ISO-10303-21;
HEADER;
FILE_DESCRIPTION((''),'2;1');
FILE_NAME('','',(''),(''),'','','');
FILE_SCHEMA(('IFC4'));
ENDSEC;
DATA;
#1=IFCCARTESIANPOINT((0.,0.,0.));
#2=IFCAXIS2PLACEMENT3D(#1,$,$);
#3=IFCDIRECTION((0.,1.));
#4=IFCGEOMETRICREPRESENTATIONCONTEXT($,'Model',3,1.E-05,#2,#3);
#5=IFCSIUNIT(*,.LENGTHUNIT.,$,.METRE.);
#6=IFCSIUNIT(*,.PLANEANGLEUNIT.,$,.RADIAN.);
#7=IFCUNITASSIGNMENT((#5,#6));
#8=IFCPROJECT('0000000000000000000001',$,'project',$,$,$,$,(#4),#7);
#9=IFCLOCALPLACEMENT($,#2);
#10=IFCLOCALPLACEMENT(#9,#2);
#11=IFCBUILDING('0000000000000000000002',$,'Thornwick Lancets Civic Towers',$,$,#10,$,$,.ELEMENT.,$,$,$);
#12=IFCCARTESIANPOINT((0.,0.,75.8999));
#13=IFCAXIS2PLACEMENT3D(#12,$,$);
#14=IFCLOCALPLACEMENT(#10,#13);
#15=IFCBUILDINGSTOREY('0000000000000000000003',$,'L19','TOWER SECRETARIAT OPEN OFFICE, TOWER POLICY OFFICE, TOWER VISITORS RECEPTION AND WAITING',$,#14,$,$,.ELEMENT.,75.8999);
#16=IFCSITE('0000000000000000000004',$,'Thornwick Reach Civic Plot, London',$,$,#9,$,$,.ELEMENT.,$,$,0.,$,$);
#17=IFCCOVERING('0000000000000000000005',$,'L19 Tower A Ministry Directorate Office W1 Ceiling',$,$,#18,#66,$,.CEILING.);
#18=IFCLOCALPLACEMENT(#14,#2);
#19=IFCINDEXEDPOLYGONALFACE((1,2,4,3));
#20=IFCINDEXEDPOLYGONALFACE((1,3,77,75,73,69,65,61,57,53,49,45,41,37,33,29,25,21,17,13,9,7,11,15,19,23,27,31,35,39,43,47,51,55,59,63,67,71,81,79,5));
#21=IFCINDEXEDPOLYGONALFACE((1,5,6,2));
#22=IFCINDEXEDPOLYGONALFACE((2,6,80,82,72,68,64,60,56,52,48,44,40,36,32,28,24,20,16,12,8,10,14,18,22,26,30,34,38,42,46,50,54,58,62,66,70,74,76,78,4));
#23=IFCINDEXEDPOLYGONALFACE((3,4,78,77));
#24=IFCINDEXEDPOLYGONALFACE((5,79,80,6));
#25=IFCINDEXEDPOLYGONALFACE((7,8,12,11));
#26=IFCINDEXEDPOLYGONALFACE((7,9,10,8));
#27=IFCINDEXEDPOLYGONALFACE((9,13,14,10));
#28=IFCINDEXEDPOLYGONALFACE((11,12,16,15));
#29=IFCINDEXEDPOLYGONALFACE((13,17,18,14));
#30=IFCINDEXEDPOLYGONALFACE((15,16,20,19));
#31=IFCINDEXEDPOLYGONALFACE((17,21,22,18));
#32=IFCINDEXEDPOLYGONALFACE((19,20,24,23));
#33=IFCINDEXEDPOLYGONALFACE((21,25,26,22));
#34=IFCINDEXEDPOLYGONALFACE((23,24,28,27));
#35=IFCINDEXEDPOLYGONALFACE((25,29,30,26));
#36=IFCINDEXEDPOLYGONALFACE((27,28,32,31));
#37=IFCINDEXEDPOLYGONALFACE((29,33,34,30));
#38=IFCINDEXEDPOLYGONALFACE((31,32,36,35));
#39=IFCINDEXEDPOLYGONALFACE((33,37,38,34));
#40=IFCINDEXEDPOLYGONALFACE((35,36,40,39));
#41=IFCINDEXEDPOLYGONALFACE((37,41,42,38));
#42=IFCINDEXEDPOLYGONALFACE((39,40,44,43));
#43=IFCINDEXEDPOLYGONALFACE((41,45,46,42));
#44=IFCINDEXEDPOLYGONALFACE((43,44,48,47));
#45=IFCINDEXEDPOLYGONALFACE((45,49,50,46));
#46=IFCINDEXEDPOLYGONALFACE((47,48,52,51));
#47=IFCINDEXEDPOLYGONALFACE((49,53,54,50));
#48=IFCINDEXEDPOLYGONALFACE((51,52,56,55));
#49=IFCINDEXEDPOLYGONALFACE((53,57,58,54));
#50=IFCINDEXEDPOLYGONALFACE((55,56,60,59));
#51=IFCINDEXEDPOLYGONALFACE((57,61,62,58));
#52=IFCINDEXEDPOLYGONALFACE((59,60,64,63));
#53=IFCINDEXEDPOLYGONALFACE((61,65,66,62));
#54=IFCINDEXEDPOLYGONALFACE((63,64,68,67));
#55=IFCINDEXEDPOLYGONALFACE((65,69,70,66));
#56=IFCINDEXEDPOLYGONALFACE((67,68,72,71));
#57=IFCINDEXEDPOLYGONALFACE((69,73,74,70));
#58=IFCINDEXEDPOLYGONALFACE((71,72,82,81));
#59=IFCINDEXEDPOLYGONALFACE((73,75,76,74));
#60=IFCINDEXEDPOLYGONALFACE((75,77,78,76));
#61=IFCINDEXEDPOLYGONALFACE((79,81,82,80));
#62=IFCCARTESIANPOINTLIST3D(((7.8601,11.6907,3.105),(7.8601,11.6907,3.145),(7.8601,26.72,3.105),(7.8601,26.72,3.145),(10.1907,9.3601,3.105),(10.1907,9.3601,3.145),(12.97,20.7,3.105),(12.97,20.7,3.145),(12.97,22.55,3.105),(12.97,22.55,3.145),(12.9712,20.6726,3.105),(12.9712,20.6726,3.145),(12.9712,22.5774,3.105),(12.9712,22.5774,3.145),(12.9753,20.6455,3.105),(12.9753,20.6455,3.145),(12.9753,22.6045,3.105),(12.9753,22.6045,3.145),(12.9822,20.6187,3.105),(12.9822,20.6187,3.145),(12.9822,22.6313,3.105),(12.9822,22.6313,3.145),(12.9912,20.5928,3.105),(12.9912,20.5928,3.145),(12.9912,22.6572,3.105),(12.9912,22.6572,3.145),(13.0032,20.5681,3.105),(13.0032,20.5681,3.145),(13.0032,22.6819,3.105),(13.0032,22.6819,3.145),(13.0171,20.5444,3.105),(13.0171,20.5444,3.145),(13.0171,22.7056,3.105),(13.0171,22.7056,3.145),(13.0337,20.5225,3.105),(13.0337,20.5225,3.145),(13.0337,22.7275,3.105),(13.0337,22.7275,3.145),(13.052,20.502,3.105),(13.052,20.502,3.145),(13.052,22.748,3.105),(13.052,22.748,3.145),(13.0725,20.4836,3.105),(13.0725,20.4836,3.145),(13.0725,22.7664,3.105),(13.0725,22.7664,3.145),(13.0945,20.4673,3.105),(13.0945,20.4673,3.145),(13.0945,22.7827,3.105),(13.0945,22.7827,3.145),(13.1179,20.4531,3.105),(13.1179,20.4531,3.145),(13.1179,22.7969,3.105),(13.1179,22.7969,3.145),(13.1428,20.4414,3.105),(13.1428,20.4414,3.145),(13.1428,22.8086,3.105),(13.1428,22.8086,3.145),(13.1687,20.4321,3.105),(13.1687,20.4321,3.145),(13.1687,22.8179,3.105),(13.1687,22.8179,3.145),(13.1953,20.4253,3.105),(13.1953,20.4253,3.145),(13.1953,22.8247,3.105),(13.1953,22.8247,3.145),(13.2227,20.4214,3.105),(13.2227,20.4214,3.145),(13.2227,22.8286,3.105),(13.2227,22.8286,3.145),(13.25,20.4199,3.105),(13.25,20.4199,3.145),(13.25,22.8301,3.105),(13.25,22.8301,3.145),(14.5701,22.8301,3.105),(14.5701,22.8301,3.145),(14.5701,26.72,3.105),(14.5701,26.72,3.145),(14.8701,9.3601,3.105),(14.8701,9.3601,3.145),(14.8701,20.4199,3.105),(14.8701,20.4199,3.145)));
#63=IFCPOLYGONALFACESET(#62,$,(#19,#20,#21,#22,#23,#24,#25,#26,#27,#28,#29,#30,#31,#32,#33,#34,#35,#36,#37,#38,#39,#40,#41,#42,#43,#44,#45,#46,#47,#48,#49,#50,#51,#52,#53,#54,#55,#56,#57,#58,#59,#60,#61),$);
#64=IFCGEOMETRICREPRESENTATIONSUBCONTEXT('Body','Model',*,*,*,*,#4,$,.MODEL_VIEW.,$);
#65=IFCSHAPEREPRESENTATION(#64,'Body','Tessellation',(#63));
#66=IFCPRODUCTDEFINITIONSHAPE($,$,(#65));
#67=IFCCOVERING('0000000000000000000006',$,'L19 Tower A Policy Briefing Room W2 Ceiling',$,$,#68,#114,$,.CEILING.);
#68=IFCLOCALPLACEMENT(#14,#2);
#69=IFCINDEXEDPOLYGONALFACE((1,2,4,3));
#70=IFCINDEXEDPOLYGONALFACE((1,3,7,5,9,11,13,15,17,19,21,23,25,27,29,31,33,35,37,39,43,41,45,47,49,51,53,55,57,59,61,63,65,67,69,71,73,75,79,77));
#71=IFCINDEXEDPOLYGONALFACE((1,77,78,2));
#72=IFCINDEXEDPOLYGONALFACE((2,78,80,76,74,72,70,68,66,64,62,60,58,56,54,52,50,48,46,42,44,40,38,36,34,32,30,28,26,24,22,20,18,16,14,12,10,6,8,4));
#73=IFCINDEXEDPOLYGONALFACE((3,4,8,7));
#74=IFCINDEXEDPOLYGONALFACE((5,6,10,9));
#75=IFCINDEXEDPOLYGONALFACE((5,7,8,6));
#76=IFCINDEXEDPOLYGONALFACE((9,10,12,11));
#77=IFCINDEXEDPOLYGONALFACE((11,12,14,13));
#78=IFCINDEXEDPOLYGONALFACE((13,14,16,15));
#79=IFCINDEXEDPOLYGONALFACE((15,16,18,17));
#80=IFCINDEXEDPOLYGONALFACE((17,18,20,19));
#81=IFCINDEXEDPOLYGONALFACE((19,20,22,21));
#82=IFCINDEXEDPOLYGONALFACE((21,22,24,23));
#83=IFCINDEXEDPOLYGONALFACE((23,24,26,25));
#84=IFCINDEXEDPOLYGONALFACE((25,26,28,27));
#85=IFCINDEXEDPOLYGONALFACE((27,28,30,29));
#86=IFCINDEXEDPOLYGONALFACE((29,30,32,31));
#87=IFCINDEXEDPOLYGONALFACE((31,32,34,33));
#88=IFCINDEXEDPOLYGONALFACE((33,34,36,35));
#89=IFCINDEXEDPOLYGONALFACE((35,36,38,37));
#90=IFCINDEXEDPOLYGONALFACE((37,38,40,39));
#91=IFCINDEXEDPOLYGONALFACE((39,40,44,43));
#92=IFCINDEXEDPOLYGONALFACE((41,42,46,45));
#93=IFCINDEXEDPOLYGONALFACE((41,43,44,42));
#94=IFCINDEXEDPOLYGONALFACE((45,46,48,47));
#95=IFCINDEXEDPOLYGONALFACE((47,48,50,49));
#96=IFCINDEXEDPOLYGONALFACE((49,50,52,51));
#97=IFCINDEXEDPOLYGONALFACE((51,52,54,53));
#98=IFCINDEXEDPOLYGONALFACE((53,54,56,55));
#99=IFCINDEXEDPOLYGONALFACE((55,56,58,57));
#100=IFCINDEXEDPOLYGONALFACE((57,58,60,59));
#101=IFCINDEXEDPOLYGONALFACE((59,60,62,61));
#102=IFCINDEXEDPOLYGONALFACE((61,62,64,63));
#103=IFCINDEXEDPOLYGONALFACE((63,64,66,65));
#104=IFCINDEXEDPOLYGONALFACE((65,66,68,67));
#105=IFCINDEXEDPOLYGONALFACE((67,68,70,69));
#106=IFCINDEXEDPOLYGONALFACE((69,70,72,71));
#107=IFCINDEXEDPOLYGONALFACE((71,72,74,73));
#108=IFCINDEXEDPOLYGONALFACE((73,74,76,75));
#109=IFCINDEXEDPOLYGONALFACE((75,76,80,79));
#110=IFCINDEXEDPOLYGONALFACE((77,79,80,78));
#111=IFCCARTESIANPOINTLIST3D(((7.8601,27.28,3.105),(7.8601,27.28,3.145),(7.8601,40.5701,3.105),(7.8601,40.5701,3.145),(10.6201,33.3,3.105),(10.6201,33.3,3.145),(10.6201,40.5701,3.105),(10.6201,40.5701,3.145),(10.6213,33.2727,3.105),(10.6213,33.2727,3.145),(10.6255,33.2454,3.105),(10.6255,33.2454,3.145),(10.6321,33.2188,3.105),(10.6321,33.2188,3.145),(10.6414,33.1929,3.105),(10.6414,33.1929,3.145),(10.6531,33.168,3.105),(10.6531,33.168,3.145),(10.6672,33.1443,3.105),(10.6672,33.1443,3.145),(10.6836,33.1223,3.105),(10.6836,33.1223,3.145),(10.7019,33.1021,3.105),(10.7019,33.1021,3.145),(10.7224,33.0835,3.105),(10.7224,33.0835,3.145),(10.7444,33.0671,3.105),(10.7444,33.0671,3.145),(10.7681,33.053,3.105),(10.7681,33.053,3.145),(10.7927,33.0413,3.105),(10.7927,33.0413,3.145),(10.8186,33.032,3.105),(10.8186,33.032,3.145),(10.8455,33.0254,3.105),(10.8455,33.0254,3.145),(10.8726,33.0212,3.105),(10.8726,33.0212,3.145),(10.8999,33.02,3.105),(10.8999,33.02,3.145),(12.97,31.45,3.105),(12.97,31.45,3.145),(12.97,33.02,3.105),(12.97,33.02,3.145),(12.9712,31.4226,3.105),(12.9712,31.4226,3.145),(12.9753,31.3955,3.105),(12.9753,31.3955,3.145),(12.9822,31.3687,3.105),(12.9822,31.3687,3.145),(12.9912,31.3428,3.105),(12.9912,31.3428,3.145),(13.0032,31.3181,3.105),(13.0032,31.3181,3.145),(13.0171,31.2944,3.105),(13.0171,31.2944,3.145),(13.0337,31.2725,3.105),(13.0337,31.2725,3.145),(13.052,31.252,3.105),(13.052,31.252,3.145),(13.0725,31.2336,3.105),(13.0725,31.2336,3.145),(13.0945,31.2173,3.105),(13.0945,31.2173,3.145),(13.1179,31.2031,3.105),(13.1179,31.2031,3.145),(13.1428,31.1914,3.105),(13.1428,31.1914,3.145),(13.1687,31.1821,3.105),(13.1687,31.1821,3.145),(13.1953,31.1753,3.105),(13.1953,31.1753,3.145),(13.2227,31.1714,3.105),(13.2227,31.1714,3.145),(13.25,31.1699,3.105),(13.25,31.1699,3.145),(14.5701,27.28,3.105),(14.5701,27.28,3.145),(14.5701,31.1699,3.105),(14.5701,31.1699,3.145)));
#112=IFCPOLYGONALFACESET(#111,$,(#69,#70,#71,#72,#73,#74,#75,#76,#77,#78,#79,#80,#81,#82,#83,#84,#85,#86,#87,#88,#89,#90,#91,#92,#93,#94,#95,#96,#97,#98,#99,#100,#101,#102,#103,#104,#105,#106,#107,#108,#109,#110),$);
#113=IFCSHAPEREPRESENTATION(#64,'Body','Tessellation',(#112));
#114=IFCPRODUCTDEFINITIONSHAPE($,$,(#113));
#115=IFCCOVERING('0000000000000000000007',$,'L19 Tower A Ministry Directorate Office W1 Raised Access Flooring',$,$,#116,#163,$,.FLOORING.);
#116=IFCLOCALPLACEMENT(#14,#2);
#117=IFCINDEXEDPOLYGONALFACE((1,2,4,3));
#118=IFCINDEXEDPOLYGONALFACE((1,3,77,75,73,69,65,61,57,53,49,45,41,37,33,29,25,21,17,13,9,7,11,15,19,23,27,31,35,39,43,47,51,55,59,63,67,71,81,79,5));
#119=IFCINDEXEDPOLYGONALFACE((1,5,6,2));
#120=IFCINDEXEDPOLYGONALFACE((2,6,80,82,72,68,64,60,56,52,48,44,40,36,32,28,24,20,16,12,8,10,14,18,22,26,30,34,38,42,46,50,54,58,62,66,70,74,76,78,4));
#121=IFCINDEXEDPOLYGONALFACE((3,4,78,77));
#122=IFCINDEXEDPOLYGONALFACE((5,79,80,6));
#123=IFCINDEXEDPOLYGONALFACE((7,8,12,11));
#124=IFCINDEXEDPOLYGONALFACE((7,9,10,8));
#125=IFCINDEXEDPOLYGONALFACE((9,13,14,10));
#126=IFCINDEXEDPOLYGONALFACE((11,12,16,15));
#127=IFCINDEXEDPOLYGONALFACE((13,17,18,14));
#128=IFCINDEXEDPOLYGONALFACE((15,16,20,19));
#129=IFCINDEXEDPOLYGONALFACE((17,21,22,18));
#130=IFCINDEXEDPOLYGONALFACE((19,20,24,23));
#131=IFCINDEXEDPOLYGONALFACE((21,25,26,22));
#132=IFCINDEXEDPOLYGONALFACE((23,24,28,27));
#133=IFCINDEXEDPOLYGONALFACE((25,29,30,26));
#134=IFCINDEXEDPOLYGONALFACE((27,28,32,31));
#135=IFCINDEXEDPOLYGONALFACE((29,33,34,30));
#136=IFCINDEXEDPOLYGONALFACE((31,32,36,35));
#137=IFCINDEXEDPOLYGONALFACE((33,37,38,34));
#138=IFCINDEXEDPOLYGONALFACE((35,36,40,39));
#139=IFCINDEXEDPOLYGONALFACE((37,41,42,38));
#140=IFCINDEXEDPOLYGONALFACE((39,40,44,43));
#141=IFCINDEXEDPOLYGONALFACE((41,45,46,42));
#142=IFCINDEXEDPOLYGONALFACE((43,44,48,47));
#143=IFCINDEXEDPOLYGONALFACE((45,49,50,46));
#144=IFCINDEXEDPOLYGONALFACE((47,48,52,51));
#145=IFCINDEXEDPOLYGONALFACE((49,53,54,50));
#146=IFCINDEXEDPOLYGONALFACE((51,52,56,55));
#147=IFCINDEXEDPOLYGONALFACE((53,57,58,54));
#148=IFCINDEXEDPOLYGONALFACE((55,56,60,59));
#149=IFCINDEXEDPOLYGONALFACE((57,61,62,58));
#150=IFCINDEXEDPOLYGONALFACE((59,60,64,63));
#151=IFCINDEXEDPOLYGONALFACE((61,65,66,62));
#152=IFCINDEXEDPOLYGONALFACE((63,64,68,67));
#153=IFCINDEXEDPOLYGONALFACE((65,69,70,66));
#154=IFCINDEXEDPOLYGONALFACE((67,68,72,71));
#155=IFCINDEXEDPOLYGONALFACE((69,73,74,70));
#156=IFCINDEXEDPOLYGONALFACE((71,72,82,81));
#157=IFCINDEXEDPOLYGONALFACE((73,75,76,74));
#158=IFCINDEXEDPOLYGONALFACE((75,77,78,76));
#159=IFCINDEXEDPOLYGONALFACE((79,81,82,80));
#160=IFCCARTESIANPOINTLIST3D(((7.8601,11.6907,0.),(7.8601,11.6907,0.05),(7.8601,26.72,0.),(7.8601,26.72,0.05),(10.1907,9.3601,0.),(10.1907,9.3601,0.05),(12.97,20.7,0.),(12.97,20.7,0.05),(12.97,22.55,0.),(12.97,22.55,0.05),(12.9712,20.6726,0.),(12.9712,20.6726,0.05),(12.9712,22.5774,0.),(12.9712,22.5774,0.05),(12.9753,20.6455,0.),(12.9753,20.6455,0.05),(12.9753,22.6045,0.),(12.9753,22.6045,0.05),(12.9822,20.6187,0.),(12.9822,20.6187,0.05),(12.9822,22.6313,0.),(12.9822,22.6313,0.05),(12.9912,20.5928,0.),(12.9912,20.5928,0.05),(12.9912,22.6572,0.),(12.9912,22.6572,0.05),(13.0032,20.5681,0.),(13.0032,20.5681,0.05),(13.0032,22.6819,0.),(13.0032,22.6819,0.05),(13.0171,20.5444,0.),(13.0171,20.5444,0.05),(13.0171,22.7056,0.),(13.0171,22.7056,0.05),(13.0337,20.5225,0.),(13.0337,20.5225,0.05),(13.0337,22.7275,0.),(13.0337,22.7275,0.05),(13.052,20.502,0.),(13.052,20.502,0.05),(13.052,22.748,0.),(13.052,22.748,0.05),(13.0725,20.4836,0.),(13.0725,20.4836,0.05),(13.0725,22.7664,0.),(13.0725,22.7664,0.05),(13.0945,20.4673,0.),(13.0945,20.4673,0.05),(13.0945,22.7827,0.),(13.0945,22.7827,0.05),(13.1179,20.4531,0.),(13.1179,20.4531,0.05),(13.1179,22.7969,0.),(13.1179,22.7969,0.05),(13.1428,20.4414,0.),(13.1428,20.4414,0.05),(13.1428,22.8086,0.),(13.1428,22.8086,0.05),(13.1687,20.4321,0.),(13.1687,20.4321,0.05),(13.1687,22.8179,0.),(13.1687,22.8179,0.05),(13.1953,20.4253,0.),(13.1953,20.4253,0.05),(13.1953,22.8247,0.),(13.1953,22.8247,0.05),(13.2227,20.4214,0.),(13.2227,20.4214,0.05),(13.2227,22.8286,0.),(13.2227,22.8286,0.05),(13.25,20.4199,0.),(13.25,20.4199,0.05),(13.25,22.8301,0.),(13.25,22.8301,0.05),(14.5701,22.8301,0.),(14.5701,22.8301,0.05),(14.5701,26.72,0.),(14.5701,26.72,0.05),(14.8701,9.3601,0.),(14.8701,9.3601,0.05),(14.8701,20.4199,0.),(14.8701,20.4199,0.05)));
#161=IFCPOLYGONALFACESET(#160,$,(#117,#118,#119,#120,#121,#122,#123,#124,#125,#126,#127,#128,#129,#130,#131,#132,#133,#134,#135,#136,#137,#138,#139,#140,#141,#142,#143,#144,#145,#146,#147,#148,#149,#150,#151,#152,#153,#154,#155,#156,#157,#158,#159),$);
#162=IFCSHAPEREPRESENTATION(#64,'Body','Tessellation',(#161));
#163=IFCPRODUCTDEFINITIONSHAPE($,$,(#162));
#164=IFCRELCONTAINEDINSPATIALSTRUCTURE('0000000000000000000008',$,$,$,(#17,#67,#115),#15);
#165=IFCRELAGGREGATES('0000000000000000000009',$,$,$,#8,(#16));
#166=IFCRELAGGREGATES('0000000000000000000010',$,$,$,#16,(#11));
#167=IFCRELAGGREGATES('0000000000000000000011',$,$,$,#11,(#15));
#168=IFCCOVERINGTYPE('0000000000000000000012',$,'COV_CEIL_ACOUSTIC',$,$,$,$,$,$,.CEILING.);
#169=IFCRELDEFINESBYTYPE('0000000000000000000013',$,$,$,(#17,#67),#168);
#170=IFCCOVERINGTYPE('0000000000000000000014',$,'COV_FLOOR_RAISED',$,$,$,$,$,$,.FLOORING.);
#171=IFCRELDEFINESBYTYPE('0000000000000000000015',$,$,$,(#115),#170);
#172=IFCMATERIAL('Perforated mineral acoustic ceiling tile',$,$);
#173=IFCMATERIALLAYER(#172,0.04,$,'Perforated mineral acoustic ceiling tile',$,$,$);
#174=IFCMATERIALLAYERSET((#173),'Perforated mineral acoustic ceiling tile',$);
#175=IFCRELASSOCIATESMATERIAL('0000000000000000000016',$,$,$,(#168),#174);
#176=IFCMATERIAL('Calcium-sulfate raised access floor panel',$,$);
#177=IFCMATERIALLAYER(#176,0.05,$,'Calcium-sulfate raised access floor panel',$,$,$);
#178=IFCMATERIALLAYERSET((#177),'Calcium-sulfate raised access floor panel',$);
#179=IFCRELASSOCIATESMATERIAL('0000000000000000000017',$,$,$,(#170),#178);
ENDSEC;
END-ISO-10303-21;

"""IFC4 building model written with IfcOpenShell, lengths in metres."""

from ifc_helpers import new_model, si_unit, direction, frame, origin, place, context, subcontext, project, spatial, polyline, outline, extrude, material, layer, layer_set, type_object, element, save


model = new_model("IFC4")

# Units and contexts
model_context = context("Model", 3, precision=1e-05, world=origin(), true_north=direction((0.0, 1.0)))
body_context = subcontext(model_context, "Body", "Model", "MODEL_VIEW")
ifc_project = project(units=[si_unit("LENGTHUNIT", "METRE"), si_unit("PLANEANGLEUNIT", "RADIAN")], contexts=[model_context])

# Site, building, storey
site_placement = place(None, origin())
site = spatial("IfcSite", under=ifc_project, at=site_placement, Name="Thornwick Reach Civic Plot, London", CompositionType="ELEMENT", RefElevation=0.0)
building_placement = place(site_placement, origin())
building = spatial("IfcBuilding", under=site, at=building_placement, Name="Thornwick Lancets Civic Towers", CompositionType="ELEMENT")
storey_placement = place(building_placement, frame((0.0, 0.0, 75.8999)))
storey = spatial("IfcBuildingStorey", under=building, at=storey_placement, Name="L19", Description="TOWER SECRETARIAT OPEN OFFICE, TOWER POLICY OFFICE, TOWER VISITORS RECEPTION AND WAITING", CompositionType="ELEMENT", Elevation=75.8999)

# Coverings
ifc_material_1 = material(Name="Perforated mineral acoustic ceiling tile")
ifc_layer_1 = layer(ifc_material_1, 0.04, Name="Perforated mineral acoustic ceiling tile")
ifc_layer_set_1 = layer_set([ifc_layer_1], Name="Perforated mineral acoustic ceiling tile")
covering_type_1 = type_object("IfcCoveringType", Name="COV_CEIL_ACOUSTIC", PredefinedType="CEILING", material=ifc_layer_set_1)
covering_1_placement = place(storey_placement, frame((0.0, 0.0, 3.105)))
element("IfcCovering", 1, at=covering_1_placement, inside=storey, type_object=covering_type_1, Name="L19 Tower A Ministry Directorate Office W1 Ceiling", PredefinedType="CEILING", context=body_context, shape_type="SweptSolid", body=[
    extrude(outline(polyline([(7.8601, 11.6907), (7.8601, 26.72), (14.5701, 26.72), (14.5701, 22.8301), (13.25, 22.8301), (13.2227, 22.8286), (13.1953, 22.8247), (13.1687, 22.8179), (13.1428, 22.8086), (13.1179, 22.7969), (13.0945, 22.7827), (13.0725, 22.7664), (13.052, 22.748), (13.0337, 22.7275), (13.0171, 22.7056), (13.0032, 22.6819), (12.9912, 22.6572), (12.9822, 22.6313), (12.9753, 22.6045), (12.9712, 22.5774), (12.97, 22.55), (12.97, 20.7), (12.9712, 20.6726), (12.9753, 20.6455), (12.9822, 20.6187), (12.9912, 20.5928), (13.0032, 20.5681), (13.0171, 20.5444), (13.0337, 20.5225), (13.052, 20.502), (13.0725, 20.4836), (13.0945, 20.4673), (13.1179, 20.4531), (13.1428, 20.4414), (13.1687, 20.4321), (13.1953, 20.4253), (13.2227, 20.4214), (13.25, 20.4199), (14.8701, 20.4199), (14.8701, 9.3601), (10.1907, 9.3601), (7.8601, 11.6907)])), origin(), (0.0, 0.0, 1.0), 0.04),
])
covering_2_placement = place(storey_placement, frame((0.0, 0.0, 3.105)))
element("IfcCovering", 2, at=covering_2_placement, inside=storey, type_object=covering_type_1, Name="L19 Tower A Policy Briefing Room W2 Ceiling", PredefinedType="CEILING", context=body_context, shape_type="SweptSolid", body=[
    extrude(outline(polyline([(10.6201, 33.3), (10.6213, 33.2727), (10.6255, 33.2454), (10.6321, 33.2188), (10.6414, 33.1929), (10.6531, 33.168), (10.6672, 33.1443), (10.6836, 33.1223), (10.7019, 33.1021), (10.7224, 33.0835), (10.7444, 33.0671), (10.7681, 33.053), (10.7927, 33.0413), (10.8186, 33.032), (10.8455, 33.0254), (10.8726, 33.0212), (10.8999, 33.02), (12.97, 33.02), (12.97, 31.45), (12.9712, 31.4226), (12.9753, 31.3955), (12.9822, 31.3687), (12.9912, 31.3428), (13.0032, 31.3181), (13.0171, 31.2944), (13.0337, 31.2725), (13.052, 31.252), (13.0725, 31.2336), (13.0945, 31.2173), (13.1179, 31.2031), (13.1428, 31.1914), (13.1687, 31.1821), (13.1953, 31.1753), (13.2227, 31.1714), (13.25, 31.1699), (14.5701, 31.1699), (14.5701, 27.28), (7.8601, 27.28), (7.8601, 40.5701), (10.6201, 40.5701), (10.6201, 33.3)])), origin(), (0.0, 0.0, 1.0), 0.04),
])
ifc_material_2 = material(Name="Calcium-sulfate raised access floor panel")
ifc_layer_2 = layer(ifc_material_2, 0.05, Name="Calcium-sulfate raised access floor panel")
ifc_layer_set_2 = layer_set([ifc_layer_2], Name="Calcium-sulfate raised access floor panel")
covering_type_2 = type_object("IfcCoveringType", Name="COV_FLOOR_RAISED", PredefinedType="FLOORING", material=ifc_layer_set_2)
covering_3_placement = place(storey_placement, origin())
element("IfcCovering", 3, at=covering_3_placement, inside=storey, type_object=covering_type_2, Name="L19 Tower A Ministry Directorate Office W1 Raised Access Flooring", PredefinedType="FLOORING", context=body_context, shape_type="SweptSolid", body=[
    extrude(outline(polyline([(7.8601, 11.6907), (7.8601, 26.72), (14.5701, 26.72), (14.5701, 22.8301), (13.25, 22.8301), (13.2227, 22.8286), (13.1953, 22.8247), (13.1687, 22.8179), (13.1428, 22.8086), (13.1179, 22.7969), (13.0945, 22.7827), (13.0725, 22.7664), (13.052, 22.748), (13.0337, 22.7275), (13.0171, 22.7056), (13.0032, 22.6819), (12.9912, 22.6572), (12.9822, 22.6313), (12.9753, 22.6045), (12.9712, 22.5774), (12.97, 22.55), (12.97, 20.7), (12.9712, 20.6726), (12.9753, 20.6455), (12.9822, 20.6187), (12.9912, 20.5928), (13.0032, 20.5681), (13.0171, 20.5444), (13.0337, 20.5225), (13.052, 20.502), (13.0725, 20.4836), (13.0945, 20.4673), (13.1179, 20.4531), (13.1428, 20.4414), (13.1687, 20.4321), (13.1953, 20.4253), (13.2227, 20.4214), (13.25, 20.4199), (14.8701, 20.4199), (14.8701, 9.3601), (10.1907, 9.3601), (7.8601, 11.6907)])), origin(), (0.0, 0.0, 1.0), 0.05),
])

save(model, "model.ifc")
